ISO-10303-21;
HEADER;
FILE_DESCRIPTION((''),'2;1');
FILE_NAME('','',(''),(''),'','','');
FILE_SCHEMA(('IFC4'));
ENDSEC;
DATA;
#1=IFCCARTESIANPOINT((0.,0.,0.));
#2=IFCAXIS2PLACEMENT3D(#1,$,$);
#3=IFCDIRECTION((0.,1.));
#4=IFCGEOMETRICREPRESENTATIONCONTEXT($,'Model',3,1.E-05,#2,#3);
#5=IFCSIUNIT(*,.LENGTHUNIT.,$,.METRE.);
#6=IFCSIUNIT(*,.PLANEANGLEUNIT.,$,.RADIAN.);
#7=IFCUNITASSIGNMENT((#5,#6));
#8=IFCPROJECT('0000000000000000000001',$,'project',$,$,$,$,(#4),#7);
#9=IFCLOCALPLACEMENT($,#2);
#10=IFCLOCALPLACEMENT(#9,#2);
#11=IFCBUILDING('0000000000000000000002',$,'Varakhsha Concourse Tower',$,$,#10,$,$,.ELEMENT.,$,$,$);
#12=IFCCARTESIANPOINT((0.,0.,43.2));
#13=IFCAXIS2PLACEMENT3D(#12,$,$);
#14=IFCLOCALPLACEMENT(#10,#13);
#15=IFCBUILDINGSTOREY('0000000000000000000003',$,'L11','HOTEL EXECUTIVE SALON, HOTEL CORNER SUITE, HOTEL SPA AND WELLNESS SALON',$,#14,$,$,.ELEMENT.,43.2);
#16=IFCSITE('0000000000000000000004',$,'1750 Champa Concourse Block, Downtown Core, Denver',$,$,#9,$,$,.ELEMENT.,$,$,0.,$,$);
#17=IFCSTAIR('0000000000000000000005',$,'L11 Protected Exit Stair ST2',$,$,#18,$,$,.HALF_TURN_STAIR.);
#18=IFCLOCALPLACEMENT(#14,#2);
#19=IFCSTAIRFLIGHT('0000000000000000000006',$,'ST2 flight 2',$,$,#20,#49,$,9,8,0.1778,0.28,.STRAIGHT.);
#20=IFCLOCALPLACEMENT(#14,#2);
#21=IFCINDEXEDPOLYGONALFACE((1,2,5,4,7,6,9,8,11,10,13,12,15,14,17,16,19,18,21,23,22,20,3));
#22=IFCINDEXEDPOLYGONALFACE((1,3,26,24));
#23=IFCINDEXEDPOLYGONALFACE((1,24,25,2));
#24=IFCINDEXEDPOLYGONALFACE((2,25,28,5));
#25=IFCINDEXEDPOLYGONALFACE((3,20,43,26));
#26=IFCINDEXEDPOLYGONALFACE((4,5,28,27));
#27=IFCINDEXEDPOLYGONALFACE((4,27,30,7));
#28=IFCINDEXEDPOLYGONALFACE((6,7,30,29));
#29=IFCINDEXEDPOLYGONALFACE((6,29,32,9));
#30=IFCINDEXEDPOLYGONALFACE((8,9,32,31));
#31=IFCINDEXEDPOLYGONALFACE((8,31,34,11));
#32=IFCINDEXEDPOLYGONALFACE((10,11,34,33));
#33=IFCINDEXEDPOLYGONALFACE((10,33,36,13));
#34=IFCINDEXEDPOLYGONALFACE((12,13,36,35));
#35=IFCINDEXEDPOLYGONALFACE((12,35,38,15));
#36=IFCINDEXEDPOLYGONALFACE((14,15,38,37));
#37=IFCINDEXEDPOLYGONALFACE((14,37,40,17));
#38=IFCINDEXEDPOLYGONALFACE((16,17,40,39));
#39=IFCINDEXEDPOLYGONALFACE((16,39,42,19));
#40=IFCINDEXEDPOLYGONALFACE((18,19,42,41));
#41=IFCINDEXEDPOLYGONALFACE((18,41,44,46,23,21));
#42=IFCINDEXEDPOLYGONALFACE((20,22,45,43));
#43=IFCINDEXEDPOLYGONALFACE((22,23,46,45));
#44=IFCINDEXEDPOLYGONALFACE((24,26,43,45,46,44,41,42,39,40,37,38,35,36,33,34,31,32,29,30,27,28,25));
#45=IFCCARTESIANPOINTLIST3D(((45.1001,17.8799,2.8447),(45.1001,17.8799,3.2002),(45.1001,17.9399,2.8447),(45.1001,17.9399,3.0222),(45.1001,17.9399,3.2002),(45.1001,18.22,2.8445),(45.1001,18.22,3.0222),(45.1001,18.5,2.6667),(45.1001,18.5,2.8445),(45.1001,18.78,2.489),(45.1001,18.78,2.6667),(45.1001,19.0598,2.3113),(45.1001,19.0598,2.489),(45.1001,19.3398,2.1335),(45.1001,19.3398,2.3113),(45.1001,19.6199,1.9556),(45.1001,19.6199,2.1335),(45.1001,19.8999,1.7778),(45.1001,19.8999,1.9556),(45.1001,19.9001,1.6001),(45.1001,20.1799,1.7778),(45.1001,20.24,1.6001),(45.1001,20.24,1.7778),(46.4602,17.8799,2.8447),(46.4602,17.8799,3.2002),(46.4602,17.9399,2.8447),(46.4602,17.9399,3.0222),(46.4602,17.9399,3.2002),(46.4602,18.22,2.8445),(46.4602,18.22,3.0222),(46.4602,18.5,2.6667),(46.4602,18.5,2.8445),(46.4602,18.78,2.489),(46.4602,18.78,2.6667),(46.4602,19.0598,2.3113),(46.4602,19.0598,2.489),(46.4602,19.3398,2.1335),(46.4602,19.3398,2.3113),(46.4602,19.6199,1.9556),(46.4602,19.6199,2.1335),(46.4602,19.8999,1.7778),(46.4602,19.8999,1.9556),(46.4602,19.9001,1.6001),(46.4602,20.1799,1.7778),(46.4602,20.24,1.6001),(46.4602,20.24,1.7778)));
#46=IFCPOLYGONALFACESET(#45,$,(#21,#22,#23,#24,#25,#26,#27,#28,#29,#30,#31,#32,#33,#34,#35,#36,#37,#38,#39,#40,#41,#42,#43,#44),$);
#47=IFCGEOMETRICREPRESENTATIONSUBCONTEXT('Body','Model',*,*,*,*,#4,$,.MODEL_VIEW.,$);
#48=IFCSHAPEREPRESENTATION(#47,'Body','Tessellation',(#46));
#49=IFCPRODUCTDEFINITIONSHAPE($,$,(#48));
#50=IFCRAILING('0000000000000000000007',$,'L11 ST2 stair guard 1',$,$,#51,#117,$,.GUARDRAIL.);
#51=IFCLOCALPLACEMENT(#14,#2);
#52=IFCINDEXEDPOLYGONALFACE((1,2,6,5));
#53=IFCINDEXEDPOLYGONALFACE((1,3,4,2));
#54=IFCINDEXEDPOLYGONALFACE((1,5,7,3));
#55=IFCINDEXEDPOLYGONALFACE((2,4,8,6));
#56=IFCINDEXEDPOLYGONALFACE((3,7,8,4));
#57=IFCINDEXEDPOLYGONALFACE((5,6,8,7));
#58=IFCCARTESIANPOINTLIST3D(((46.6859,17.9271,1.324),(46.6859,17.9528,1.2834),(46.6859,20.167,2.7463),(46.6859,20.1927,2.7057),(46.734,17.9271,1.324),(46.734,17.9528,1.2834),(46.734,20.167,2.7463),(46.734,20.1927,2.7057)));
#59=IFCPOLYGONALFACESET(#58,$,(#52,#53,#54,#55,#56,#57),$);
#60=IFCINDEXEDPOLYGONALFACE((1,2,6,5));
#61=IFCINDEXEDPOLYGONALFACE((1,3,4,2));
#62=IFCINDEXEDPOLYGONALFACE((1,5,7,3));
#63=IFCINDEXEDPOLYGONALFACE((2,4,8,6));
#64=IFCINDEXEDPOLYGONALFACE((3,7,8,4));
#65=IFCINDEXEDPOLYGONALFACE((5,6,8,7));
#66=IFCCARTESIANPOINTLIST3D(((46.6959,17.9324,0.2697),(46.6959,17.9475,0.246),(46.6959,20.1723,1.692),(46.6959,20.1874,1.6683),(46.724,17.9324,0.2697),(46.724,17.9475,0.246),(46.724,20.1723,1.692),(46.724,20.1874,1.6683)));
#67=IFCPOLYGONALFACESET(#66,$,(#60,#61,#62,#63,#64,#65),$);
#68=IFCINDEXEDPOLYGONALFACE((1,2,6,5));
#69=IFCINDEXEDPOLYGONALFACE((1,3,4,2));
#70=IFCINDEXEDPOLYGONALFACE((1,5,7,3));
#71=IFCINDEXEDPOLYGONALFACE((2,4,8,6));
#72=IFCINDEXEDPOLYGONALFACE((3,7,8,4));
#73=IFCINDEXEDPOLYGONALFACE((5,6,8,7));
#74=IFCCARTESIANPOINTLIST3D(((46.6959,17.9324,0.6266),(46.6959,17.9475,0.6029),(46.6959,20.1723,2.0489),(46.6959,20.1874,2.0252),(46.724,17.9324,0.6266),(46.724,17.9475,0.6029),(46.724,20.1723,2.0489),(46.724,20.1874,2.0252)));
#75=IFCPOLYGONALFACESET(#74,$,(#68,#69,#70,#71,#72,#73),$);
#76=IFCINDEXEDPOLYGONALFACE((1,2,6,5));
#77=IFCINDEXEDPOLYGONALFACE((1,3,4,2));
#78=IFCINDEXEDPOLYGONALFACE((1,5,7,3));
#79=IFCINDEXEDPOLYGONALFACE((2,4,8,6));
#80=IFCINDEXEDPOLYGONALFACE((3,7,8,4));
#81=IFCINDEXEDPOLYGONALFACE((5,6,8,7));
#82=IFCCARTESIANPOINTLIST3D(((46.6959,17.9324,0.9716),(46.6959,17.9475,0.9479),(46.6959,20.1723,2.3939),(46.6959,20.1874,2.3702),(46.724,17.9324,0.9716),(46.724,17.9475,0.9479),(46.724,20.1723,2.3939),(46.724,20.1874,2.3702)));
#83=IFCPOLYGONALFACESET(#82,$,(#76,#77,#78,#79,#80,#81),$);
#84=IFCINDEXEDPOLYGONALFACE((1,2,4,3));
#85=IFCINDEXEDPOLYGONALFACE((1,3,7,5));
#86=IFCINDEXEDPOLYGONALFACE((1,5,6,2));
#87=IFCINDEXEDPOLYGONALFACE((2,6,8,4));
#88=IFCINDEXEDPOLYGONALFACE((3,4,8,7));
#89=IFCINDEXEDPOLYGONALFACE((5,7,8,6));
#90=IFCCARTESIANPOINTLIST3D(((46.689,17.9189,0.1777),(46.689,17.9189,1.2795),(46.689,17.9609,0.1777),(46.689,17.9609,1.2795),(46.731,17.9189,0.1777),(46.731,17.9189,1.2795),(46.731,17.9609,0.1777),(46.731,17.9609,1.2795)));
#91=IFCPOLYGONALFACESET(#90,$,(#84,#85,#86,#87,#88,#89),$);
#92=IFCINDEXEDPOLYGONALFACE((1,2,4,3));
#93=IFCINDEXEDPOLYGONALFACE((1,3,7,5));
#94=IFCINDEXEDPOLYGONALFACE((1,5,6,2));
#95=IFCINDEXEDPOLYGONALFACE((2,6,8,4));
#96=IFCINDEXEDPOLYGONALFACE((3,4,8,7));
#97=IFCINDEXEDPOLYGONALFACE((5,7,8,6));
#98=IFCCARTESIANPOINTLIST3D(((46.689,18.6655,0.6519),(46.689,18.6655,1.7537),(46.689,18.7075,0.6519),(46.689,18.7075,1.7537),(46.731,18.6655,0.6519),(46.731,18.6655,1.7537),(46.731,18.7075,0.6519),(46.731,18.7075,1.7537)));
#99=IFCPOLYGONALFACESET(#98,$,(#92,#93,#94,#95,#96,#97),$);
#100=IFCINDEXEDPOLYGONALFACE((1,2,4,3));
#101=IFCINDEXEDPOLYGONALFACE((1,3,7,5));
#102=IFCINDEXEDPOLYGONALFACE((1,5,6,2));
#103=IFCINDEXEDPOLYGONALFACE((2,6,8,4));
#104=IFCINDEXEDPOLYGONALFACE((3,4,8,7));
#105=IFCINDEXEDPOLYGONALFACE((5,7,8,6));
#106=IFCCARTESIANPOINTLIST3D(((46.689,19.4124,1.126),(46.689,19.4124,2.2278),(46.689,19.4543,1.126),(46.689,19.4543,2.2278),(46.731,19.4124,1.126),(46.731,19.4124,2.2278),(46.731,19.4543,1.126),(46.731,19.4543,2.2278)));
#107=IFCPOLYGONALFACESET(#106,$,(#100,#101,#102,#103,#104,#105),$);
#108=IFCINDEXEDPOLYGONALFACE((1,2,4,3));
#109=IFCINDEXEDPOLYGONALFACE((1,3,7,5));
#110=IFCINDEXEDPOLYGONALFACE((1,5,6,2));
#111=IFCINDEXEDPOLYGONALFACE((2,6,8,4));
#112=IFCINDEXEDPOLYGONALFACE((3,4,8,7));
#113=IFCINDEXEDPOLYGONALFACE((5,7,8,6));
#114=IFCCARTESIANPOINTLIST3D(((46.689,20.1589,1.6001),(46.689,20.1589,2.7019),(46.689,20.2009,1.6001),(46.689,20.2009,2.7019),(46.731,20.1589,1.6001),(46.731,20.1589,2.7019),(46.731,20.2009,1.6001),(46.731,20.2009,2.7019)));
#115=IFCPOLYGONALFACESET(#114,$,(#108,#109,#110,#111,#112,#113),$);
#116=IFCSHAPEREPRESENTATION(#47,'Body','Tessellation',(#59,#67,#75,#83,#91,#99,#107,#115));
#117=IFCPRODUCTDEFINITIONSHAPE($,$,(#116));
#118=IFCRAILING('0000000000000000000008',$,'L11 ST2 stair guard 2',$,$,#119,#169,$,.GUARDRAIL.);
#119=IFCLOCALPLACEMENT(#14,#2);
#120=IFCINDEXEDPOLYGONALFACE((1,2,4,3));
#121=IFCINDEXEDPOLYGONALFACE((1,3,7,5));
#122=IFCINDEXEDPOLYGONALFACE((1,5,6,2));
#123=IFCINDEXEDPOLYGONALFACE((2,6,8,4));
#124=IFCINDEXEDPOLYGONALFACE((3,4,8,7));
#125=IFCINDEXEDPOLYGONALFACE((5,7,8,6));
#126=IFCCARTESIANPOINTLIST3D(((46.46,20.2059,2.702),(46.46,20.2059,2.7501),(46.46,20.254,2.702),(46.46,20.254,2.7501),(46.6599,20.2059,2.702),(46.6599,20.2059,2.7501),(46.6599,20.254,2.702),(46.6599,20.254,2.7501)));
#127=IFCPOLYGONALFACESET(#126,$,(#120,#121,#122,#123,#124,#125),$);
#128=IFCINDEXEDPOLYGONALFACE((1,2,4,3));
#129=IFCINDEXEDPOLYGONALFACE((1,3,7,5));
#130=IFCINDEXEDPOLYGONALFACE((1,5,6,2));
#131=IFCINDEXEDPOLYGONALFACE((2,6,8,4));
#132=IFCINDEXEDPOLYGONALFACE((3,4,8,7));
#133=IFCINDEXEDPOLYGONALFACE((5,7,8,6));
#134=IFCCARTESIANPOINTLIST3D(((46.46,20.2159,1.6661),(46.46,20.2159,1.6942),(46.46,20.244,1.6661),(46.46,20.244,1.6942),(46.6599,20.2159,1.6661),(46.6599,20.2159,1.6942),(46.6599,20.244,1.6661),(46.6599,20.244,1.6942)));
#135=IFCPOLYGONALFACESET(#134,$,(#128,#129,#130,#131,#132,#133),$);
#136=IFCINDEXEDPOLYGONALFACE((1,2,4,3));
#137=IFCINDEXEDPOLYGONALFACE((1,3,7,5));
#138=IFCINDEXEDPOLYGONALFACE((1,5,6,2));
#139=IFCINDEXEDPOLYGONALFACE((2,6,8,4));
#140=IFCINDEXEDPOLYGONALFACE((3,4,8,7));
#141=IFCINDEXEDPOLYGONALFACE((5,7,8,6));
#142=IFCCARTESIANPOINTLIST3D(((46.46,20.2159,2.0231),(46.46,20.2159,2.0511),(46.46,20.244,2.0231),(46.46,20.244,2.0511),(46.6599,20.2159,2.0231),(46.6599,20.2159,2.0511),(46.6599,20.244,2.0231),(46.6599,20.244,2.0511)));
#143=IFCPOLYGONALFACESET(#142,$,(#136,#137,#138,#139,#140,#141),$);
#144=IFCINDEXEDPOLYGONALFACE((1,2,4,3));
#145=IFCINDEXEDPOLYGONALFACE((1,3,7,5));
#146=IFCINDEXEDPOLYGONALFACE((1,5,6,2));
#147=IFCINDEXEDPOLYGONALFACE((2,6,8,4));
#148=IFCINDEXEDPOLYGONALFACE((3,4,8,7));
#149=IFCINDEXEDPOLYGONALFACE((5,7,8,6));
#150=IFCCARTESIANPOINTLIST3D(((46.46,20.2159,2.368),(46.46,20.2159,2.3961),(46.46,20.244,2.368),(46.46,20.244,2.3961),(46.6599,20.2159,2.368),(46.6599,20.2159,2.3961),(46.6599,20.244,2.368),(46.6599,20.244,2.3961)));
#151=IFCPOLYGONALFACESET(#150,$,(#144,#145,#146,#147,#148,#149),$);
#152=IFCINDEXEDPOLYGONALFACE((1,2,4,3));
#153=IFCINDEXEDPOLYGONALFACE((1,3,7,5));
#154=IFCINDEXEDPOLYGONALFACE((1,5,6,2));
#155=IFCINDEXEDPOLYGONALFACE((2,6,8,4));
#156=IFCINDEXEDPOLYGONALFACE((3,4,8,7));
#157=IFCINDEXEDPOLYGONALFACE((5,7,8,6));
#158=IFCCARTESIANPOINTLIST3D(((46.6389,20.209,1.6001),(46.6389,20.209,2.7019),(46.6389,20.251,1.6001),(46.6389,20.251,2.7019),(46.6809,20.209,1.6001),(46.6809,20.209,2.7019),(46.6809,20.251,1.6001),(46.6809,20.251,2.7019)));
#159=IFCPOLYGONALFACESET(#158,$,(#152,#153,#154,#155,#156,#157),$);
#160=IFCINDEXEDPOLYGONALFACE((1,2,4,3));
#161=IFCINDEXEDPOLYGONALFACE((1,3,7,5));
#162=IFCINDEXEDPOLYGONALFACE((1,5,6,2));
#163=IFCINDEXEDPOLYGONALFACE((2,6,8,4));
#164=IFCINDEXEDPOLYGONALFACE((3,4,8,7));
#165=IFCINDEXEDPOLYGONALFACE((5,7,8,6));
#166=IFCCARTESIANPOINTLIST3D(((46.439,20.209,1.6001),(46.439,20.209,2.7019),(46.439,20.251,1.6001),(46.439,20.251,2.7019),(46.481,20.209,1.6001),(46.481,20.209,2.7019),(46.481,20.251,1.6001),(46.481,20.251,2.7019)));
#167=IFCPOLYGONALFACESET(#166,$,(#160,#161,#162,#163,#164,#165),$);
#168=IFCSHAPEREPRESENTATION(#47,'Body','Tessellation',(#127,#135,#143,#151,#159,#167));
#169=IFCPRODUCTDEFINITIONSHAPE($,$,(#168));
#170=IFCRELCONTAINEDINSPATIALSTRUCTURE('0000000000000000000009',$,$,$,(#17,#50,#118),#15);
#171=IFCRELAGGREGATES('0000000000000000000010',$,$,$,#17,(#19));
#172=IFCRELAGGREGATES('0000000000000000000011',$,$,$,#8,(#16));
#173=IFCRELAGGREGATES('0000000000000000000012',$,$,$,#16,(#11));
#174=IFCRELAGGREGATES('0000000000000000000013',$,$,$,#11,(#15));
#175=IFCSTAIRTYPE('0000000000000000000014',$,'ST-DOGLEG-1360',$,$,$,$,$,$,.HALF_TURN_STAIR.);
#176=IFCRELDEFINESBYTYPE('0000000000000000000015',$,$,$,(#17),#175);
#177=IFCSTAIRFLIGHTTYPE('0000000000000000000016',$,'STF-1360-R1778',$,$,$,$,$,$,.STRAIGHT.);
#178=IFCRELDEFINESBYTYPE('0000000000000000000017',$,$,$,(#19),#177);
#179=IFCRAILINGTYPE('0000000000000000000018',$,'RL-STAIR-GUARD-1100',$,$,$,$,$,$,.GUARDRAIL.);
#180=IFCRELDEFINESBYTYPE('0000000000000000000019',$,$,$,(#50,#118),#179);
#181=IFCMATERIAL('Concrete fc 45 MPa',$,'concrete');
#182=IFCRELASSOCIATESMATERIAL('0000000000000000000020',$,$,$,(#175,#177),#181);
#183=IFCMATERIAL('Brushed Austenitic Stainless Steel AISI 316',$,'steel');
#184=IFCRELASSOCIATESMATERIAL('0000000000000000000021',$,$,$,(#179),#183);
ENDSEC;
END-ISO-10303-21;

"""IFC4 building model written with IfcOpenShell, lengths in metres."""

from ifc_helpers import new_model, si_unit, direction, frame, origin, origin_2d, place, context, subcontext, project, spatial, polyline, rectangle, outline, extrude, material, type_object, element, aggregate, save


model = new_model("IFC4")

# Units and contexts
model_context = context("Model", 3, precision=1e-05, world=origin(), true_north=direction((0.0, 1.0)))
body_context = subcontext(model_context, "Body", "Model", "MODEL_VIEW")
ifc_project = project(units=[si_unit("LENGTHUNIT", "METRE"), si_unit("PLANEANGLEUNIT", "RADIAN")], contexts=[model_context])

# Site, building, storey
site_placement = place(None, origin())
site = spatial("IfcSite", under=ifc_project, at=site_placement, Name="1750 Champa Concourse Block, Downtown Core, Denver", CompositionType="ELEMENT", RefElevation=0.0)
building_placement = place(site_placement, origin())
building = spatial("IfcBuilding", under=site, at=building_placement, Name="Varakhsha Concourse Tower", CompositionType="ELEMENT")
storey_placement = place(building_placement, frame((0.0, 0.0, 43.2)))
storey = spatial("IfcBuildingStorey", under=building, at=storey_placement, Name="L11", Description="HOTEL EXECUTIVE SALON, HOTEL CORNER SUITE, HOTEL SPA AND WELLNESS SALON", CompositionType="ELEMENT", Elevation=43.2)

# Shared definitions
ifc_material_1 = material(Name="Concrete fc 45 MPa", Category="concrete")

# Stair, stair flight
stair_type = type_object("IfcStairType", Name="ST-DOGLEG-1360", PredefinedType="HALF_TURN_STAIR", material=ifc_material_1)
stair_placement = place(storey_placement, origin())
stair = element("IfcStair", 1, at=stair_placement, inside=storey, type_object=stair_type, Name="L11 Protected Exit Stair ST2", PredefinedType="HALF_TURN_STAIR")
stair_flight_type = type_object("IfcStairFlightType", Name="STF-1360-R1778", PredefinedType="STRAIGHT", material=ifc_material_1)
stair_flight_1_placement = place(storey_placement, frame((45.78, 20.1799, 1.6001), z_axis=(0.0, 0.0, 1.0), x_axis=(0.0, -1.0, 0.0)))
stair_flight_1 = element("IfcStairFlight", 2, at=stair_flight_1_placement, type_object=stair_flight_type, Name="ST2 flight 2", NumberOfRisers=9, NumberOfTreads=8, PredefinedType="STRAIGHT", RiserHeight=0.1778, TreadLength=0.28, context=body_context, shape_type="SweptSolid", body=[
    extrude(outline(polyline([(-0.0601, 0.0), (-0.0601, 0.1777), (0.0, 0.1777), (0.28, 0.1777), (0.28, 0.3555), (0.5601, 0.3555), (0.5601, 0.5334), (0.8401, 0.5334), (0.8401, 0.7112), (1.1201, 0.7112), (1.1201, 0.8889), (1.3999, 0.8889), (1.3999, 1.0667), (1.6799, 1.0667), (1.6799, 1.2444), (1.96, 1.2444), (1.96, 1.4221), (2.24, 1.4221), (2.24, 1.6001), (2.3, 1.6001), (2.3, 1.2446), (2.24, 1.2446), (0.2798, 0.0), (-0.0601, 0.0)])), frame((0.0, 0.6802, 0.0), z_axis=(0.0, -1.0, 0.0), x_axis=(1.0, 0.0, 0.0)), (0.0, 0.0, 1.0), 1.3601),
])
aggregate(stair, [stair_flight_1])

# Railings
ifc_material_2 = material(Name="Brushed Austenitic Stainless Steel AISI 316", Category="steel")
railing_type_1 = type_object("IfcRailingType", Name="RL-STAIR-GUARD-1100", PredefinedType="GUARDRAIL", material=ifc_material_2)
railing_1_placement = place(storey_placement, frame((46.71, 17.9399, 0.1777)))
element("IfcRailing", 3, at=railing_1_placement, inside=storey, type_object=railing_type_1, Name="L11 ST2 stair guard 1", PredefinedType="GUARDRAIL", context=body_context, shape_type="SweptSolid", body=[
    extrude(rectangle(XDim=0.0481, YDim=0.0481, at=origin_2d()), frame((0.0, 0.0, 1.126), z_axis=(0.0, 0.844188, 0.536048), x_axis=(-1.0, 0.0, 0.0)), (0.0, 0.0, 1.0), 2.6533),
    extrude(rectangle(XDim=0.0281, YDim=0.0281, at=origin_2d()), frame((0.0, 0.0, 0.0801), z_axis=(0.0, 0.844188, 0.536048), x_axis=(-1.0, 0.0, 0.0)), (0.0, 0.0, 1.0), 2.6533),
    extrude(rectangle(XDim=0.0281, YDim=0.0281, at=origin_2d()), frame((0.0, 0.0, 0.437), z_axis=(0.0, 0.844188, 0.536048), x_axis=(-1.0, 0.0, 0.0)), (0.0, 0.0, 1.0), 2.6533),
    extrude(rectangle(XDim=0.0281, YDim=0.0281, at=origin_2d()), frame((0.0, 0.0, 0.782), z_axis=(0.0, 0.844188, 0.536048), x_axis=(-1.0, 0.0, 0.0)), (0.0, 0.0, 1.0), 2.6533),
    extrude(rectangle(XDim=0.042, YDim=0.042, at=origin_2d()), origin(), (0.0, 0.0, 1.0), 1.1018),
    extrude(rectangle(XDim=0.042, YDim=0.042, at=origin_2d()), frame((0.0, 0.7466, 0.4741)), (0.0, 0.0, 1.0), 1.1018),
    extrude(rectangle(XDim=0.042, YDim=0.042, at=origin_2d()), frame((0.0, 1.4934, 0.9482)), (0.0, 0.0, 1.0), 1.1018),
    extrude(rectangle(XDim=0.042, YDim=0.042, at=origin_2d()), frame((0.0, 2.24, 1.4224)), (0.0, 0.0, 1.0), 1.1018),
])
railing_2_placement = place(storey_placement, frame((46.6599, 20.23, 1.6001)))
element("IfcRailing", 4, at=railing_2_placement, inside=storey, type_object=railing_type_1, Name="L11 ST2 stair guard 2", PredefinedType="GUARDRAIL", context=body_context, shape_type="SweptSolid", body=[
    extrude(rectangle(XDim=0.0481, YDim=0.0481, at=origin_2d()), frame((0.0, 0.0, 1.126), z_axis=(-1.0, 0.0, 0.0), x_axis=(0.0, -1.0, 0.0)), (0.0, 0.0, 1.0), 0.2),
    extrude(rectangle(XDim=0.0281, YDim=0.0281, at=origin_2d()), frame((0.0, 0.0, 0.0801), z_axis=(-1.0, 0.0, 0.0), x_axis=(0.0, -1.0, 0.0)), (0.0, 0.0, 1.0), 0.2),
    extrude(rectangle(XDim=0.0281, YDim=0.0281, at=origin_2d()), frame((0.0, 0.0, 0.437), z_axis=(-1.0, 0.0, 0.0), x_axis=(0.0, -1.0, 0.0)), (0.0, 0.0, 1.0), 0.2),
    extrude(rectangle(XDim=0.0281, YDim=0.0281, at=origin_2d()), frame((0.0, 0.0, 0.782), z_axis=(-1.0, 0.0, 0.0), x_axis=(0.0, -1.0, 0.0)), (0.0, 0.0, 1.0), 0.2),
    extrude(rectangle(XDim=0.042, YDim=0.042, at=origin_2d()), origin(), (0.0, 0.0, 1.0), 1.1018),
    extrude(rectangle(XDim=0.042, YDim=0.042, at=origin_2d()), frame((-0.2, 0.0, 0.0)), (0.0, 0.0, 1.0), 1.1018),
])

save(model, "model.ifc")
